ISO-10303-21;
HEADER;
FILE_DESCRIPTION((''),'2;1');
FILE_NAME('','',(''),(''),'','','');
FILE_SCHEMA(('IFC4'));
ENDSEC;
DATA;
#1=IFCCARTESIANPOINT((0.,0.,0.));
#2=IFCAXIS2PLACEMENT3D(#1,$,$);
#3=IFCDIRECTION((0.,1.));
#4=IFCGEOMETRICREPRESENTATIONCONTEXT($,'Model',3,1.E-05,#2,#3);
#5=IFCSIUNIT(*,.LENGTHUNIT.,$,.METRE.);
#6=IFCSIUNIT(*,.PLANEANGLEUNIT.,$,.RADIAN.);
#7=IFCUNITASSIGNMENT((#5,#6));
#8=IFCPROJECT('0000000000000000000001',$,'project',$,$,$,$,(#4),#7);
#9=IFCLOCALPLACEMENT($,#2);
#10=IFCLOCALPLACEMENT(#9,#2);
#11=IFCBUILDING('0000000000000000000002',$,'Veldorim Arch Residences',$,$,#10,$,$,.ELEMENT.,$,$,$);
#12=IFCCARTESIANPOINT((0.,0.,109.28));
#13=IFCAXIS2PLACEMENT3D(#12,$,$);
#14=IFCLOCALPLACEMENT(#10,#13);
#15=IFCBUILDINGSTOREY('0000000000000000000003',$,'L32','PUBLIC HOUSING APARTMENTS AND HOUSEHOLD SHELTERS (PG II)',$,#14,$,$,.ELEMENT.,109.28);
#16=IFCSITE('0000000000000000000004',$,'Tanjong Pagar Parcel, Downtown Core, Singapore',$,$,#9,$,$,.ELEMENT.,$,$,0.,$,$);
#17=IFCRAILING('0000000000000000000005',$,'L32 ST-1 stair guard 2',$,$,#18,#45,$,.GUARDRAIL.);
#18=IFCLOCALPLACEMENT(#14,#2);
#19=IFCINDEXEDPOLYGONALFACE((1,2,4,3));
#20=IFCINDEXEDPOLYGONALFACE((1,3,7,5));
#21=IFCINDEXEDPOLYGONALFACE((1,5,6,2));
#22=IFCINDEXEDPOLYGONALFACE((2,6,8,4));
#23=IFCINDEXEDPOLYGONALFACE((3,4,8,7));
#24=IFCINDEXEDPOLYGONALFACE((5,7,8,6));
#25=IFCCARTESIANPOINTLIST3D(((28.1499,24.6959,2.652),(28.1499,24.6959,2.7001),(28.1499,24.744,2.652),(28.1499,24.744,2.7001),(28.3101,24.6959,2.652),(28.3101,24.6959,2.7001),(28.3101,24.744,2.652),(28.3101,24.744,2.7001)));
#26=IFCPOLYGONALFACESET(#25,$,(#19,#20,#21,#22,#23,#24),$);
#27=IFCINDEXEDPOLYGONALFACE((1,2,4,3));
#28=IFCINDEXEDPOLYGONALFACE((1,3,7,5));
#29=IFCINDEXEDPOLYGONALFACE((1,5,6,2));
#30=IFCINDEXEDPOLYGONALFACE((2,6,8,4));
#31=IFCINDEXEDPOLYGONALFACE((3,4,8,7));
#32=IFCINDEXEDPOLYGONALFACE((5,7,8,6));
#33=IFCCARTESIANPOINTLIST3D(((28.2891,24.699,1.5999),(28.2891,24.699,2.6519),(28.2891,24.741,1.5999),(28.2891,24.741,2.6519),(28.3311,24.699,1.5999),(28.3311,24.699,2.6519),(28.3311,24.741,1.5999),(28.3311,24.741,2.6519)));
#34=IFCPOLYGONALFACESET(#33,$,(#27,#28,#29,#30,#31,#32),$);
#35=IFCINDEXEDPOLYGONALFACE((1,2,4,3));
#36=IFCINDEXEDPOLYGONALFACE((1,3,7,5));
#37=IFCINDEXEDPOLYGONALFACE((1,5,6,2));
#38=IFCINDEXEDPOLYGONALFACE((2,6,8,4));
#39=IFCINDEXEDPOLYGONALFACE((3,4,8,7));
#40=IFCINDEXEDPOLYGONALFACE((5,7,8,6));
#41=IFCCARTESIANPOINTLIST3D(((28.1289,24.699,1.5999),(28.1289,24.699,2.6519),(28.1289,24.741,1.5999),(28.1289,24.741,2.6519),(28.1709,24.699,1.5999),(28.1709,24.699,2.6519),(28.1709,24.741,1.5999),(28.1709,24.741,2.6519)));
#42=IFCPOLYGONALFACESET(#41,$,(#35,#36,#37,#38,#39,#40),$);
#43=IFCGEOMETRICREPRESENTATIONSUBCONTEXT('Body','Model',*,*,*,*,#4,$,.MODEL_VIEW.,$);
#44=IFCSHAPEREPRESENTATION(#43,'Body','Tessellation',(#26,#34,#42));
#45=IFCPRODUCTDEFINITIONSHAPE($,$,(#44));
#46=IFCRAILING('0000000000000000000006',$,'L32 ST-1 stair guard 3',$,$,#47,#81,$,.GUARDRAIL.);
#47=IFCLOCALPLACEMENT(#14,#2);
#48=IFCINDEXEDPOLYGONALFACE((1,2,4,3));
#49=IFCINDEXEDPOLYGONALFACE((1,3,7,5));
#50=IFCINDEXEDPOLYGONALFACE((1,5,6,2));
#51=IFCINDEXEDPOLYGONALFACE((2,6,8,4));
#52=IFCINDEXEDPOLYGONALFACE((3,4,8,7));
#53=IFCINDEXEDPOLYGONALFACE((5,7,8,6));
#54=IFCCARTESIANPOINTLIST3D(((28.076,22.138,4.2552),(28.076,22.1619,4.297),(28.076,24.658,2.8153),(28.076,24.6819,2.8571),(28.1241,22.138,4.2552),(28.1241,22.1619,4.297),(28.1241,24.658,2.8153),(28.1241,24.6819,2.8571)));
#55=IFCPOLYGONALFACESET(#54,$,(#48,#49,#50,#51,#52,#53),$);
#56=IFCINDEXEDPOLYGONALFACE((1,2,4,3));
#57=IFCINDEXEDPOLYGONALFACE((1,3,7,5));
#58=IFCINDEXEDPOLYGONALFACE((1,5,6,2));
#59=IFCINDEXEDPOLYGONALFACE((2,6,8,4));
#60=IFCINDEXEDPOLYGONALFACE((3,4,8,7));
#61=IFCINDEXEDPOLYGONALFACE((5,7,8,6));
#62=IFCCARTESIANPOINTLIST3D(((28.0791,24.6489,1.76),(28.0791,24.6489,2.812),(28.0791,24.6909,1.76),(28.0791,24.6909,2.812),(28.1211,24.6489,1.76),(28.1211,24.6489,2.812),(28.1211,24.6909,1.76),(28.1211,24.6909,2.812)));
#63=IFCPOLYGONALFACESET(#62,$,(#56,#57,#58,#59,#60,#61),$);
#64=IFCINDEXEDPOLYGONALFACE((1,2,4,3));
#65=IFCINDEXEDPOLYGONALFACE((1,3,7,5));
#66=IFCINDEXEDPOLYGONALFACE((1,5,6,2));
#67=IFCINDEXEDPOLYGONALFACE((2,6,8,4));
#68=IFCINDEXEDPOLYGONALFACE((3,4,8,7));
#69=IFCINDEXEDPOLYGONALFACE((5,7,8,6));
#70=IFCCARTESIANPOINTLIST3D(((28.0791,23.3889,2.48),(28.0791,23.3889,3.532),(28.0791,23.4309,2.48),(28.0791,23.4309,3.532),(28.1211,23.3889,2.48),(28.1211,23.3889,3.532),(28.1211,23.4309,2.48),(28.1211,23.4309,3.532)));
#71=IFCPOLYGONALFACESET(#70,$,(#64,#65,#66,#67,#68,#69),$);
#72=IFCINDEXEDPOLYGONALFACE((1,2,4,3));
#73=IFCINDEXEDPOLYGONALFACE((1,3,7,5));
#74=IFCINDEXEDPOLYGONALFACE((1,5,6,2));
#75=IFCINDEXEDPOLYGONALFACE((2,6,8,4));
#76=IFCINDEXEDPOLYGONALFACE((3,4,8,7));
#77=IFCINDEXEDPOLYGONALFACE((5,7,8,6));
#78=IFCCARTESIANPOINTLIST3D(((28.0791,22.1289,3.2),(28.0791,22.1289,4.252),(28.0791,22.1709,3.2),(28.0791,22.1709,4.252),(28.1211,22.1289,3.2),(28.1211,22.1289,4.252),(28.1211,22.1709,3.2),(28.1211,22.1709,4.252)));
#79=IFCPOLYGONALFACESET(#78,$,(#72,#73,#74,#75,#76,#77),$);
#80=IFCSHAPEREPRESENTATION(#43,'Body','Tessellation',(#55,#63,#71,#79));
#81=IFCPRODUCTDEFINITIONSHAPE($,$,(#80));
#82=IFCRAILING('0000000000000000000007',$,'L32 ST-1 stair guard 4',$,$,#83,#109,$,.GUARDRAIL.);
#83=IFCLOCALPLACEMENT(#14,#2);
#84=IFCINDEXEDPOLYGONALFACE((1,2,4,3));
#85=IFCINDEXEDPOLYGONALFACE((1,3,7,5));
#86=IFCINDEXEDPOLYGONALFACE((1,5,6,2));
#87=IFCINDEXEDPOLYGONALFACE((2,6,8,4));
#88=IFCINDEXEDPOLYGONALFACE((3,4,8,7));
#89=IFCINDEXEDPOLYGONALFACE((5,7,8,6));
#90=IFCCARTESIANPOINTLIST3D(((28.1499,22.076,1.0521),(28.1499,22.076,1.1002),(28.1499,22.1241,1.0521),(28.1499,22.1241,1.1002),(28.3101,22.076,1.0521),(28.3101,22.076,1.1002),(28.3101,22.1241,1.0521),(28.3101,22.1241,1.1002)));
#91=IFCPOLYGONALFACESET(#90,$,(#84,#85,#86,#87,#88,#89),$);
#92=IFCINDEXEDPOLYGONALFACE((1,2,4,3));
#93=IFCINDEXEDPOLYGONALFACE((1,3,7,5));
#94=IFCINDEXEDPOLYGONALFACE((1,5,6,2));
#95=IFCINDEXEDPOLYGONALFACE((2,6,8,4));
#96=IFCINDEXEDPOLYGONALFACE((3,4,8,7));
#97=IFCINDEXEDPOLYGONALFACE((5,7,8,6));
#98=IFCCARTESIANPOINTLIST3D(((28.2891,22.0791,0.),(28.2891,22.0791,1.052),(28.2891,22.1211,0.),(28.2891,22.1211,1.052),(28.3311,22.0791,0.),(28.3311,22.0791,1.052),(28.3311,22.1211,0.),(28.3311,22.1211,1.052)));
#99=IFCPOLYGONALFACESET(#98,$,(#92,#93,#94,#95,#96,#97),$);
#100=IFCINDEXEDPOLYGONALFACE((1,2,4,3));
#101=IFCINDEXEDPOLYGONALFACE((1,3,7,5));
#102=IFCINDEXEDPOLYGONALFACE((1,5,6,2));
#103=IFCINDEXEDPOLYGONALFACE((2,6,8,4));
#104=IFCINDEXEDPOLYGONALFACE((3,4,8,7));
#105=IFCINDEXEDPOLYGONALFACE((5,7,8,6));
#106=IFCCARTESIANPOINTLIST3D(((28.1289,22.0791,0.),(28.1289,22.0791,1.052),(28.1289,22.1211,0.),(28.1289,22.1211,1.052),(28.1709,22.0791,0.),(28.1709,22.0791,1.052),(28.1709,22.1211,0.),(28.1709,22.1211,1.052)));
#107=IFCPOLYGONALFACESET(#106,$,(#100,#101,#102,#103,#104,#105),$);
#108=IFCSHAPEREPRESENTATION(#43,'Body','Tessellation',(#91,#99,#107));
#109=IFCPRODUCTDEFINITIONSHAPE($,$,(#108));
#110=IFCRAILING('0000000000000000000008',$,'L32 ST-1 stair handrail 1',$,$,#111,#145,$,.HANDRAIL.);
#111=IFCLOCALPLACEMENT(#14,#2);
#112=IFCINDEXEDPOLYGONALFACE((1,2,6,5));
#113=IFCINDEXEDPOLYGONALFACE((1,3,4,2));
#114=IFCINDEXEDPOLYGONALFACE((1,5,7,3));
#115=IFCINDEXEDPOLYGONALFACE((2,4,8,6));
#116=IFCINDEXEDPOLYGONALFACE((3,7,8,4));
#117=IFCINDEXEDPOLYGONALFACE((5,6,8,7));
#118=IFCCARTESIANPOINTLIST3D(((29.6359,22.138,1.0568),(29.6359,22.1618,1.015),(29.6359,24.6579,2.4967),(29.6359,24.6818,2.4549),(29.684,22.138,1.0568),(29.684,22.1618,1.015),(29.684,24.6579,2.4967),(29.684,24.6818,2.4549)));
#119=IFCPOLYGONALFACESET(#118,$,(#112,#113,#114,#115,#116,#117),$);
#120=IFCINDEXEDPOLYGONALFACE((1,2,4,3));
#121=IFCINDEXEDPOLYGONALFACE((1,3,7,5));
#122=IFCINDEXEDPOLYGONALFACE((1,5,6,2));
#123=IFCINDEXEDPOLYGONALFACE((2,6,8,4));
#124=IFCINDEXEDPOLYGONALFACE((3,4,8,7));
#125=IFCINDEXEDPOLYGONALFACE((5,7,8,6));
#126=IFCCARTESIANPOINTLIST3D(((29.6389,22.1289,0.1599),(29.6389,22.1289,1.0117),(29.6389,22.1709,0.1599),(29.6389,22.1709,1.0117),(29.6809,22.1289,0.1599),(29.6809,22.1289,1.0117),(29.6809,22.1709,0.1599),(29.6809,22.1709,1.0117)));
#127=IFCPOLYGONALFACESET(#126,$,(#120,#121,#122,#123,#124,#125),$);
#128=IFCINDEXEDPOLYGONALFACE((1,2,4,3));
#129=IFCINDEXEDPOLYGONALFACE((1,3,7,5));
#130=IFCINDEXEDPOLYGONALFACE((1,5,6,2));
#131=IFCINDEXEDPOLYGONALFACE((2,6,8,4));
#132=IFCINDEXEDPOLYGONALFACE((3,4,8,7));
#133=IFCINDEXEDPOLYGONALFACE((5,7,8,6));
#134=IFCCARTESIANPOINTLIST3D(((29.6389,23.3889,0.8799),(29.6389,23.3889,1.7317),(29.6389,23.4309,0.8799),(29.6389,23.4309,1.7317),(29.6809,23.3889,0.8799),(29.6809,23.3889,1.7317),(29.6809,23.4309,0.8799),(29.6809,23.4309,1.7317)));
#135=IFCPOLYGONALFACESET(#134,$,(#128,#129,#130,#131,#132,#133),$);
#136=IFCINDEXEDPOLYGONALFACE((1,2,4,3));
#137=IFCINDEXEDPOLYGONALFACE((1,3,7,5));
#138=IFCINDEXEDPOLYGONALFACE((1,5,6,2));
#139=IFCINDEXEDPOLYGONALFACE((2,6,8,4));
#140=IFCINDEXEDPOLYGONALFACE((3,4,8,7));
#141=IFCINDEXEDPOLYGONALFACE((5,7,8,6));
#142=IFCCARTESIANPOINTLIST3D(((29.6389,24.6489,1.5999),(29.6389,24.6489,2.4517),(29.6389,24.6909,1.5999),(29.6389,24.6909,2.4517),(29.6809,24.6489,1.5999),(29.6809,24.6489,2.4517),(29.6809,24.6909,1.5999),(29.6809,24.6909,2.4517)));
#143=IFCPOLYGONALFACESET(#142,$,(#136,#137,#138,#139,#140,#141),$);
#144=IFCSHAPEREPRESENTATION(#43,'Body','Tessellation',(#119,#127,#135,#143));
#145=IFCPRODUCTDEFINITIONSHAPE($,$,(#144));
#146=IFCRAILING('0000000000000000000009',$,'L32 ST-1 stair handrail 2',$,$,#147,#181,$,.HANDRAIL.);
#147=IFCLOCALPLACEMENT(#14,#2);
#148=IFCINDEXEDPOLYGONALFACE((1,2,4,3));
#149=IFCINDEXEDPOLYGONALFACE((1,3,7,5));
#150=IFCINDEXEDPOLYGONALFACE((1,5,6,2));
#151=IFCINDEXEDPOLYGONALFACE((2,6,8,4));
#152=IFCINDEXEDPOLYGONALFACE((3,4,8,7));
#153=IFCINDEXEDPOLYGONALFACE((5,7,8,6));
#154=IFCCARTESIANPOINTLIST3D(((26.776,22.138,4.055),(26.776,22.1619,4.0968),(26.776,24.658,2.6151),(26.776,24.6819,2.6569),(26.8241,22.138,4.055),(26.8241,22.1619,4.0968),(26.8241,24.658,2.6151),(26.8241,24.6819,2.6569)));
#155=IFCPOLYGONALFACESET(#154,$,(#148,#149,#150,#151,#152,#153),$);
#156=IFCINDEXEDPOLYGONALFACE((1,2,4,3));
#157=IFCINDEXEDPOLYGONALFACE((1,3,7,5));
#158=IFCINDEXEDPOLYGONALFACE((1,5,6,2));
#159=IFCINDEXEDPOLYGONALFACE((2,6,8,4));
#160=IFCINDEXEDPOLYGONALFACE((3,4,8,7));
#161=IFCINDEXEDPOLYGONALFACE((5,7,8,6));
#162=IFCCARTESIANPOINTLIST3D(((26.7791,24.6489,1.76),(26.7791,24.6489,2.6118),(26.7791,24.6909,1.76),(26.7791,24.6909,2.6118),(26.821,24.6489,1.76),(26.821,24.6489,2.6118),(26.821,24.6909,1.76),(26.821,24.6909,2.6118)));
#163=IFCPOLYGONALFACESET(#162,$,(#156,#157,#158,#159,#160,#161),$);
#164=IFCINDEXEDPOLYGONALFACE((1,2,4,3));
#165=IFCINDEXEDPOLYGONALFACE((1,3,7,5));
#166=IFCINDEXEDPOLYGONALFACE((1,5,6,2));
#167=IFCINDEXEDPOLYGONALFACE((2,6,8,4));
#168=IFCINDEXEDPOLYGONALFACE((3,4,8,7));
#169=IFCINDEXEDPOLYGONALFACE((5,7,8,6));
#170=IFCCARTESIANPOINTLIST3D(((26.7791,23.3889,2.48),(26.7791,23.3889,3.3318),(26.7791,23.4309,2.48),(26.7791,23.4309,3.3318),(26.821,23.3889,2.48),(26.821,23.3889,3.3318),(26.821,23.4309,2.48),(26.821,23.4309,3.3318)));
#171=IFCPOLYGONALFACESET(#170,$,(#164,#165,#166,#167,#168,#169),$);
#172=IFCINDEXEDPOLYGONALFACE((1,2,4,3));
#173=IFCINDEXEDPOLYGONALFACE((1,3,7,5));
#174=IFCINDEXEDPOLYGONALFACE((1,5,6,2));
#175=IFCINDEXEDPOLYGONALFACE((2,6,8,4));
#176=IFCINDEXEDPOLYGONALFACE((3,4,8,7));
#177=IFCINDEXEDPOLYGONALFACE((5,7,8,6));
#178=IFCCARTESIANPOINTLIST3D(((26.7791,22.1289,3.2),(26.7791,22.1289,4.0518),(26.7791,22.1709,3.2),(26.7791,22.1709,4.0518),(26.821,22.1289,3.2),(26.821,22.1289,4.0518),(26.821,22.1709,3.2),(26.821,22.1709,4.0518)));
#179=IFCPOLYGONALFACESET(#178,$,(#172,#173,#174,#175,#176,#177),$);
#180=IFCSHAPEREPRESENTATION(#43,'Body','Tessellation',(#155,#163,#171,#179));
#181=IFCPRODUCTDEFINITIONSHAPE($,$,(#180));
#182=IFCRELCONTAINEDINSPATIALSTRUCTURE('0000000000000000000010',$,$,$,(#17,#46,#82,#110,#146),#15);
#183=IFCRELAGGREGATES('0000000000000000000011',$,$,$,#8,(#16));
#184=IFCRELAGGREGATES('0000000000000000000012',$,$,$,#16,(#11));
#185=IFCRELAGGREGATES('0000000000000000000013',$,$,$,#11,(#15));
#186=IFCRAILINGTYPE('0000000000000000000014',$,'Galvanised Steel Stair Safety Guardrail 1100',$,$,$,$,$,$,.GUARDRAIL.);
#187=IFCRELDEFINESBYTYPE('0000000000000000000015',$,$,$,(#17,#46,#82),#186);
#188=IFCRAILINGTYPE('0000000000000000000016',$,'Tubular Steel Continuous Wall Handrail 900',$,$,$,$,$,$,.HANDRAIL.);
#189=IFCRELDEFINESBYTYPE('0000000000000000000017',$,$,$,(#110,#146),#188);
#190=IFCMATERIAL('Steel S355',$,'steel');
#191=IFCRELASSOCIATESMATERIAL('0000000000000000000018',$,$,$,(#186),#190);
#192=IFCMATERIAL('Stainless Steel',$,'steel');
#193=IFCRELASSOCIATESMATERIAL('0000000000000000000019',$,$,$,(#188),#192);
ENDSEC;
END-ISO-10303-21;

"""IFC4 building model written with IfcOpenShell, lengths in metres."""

from ifc_helpers import new_model, si_unit, direction, frame, origin, origin_2d, place, context, subcontext, project, spatial, rectangle, extrude, material, type_object, element, save


model = new_model("IFC4")

# Units and contexts
model_context = context("Model", 3, precision=1e-05, world=origin(), true_north=direction((0.0, 1.0)))
body_context = subcontext(model_context, "Body", "Model", "MODEL_VIEW")
ifc_project = project(units=[si_unit("LENGTHUNIT", "METRE"), si_unit("PLANEANGLEUNIT", "RADIAN")], contexts=[model_context])

# Site, building, storey
site_placement = place(None, origin())
site = spatial("IfcSite", under=ifc_project, at=site_placement, Name="Tanjong Pagar Parcel, Downtown Core, Singapore", CompositionType="ELEMENT", RefElevation=0.0)
building_placement = place(site_placement, origin())
building = spatial("IfcBuilding", under=site, at=building_placement, Name="Veldorim Arch Residences", CompositionType="ELEMENT")
storey_placement = place(building_placement, frame((0.0, 0.0, 109.28)))
storey = spatial("IfcBuildingStorey", under=building, at=storey_placement, Name="L32", Description="PUBLIC HOUSING APARTMENTS AND HOUSEHOLD SHELTERS (PG II)", CompositionType="ELEMENT", Elevation=109.28)

# Railings
ifc_material_1 = material(Name="Steel S355", Category="steel")
railing_type_1 = type_object("IfcRailingType", Name="Galvanised Steel Stair Safety Guardrail 1100", PredefinedType="GUARDRAIL", material=ifc_material_1)
railing_1_placement = place(storey_placement, frame((28.3101, 24.72, 1.5999)))
element("IfcRailing", 1, at=railing_1_placement, inside=storey, type_object=railing_type_1, Name="L32 ST-1 stair guard 2", PredefinedType="GUARDRAIL", context=body_context, shape_type="SweptSolid", body=[
    extrude(rectangle(XDim=0.0481, YDim=0.0481, at=origin_2d()), frame((0.0, 0.0, 1.0762), z_axis=(-1.0, 0.0, 0.0), x_axis=(0.0, -1.0, 0.0)), (0.0, 0.0, 1.0), 0.1602),
    extrude(rectangle(XDim=0.042, YDim=0.042, at=origin_2d()), origin(), (0.0, 0.0, 1.0), 1.052),
    extrude(rectangle(XDim=0.042, YDim=0.042, at=origin_2d()), frame((-0.1602, 0.0, 0.0)), (0.0, 0.0, 1.0), 1.052),
])
railing_2_placement = place(storey_placement, frame((28.1001, 24.6699, 1.76)))
element("IfcRailing", 2, at=railing_2_placement, inside=storey, type_object=railing_type_1, Name="L32 ST-1 stair guard 3", PredefinedType="GUARDRAIL", context=body_context, shape_type="SweptSolid", body=[
    extrude(rectangle(XDim=0.0481, YDim=0.0481, at=origin_2d()), frame((0.0, 0.0, 1.0762), z_axis=(0.0, -0.868253, 0.496121), x_axis=(1.0, 0.0, 0.0)), (0.0, 0.0, 1.0), 2.9023),
    extrude(rectangle(XDim=0.042, YDim=0.042, at=origin_2d()), origin(), (0.0, 0.0, 1.0), 1.052),
    extrude(rectangle(XDim=0.042, YDim=0.042, at=origin_2d()), frame((0.0, -1.26, 0.72)), (0.0, 0.0, 1.0), 1.052),
    extrude(rectangle(XDim=0.042, YDim=0.042, at=origin_2d()), frame((0.0, -2.52, 1.4399)), (0.0, 0.0, 1.0), 1.052),
])
railing_3_placement = place(storey_placement, frame((28.3101, 22.1001, 0.0)))
element("IfcRailing", 3, at=railing_3_placement, inside=storey, type_object=railing_type_1, Name="L32 ST-1 stair guard 4", PredefinedType="GUARDRAIL", context=body_context, shape_type="SweptSolid", body=[
    extrude(rectangle(XDim=0.0481, YDim=0.0481, at=origin_2d()), frame((0.0, 0.0, 1.0762), z_axis=(-1.0, 0.0, 0.0), x_axis=(0.0, -1.0, 0.0)), (0.0, 0.0, 1.0), 0.1602),
    extrude(rectangle(XDim=0.042, YDim=0.042, at=origin_2d()), origin(), (0.0, 0.0, 1.0), 1.052),
    extrude(rectangle(XDim=0.042, YDim=0.042, at=origin_2d()), frame((-0.1602, 0.0, 0.0)), (0.0, 0.0, 1.0), 1.052),
])
ifc_material_2 = material(Name="Stainless Steel", Category="steel")
railing_type_2 = type_object("IfcRailingType", Name="Tubular Steel Continuous Wall Handrail 900", PredefinedType="HANDRAIL", material=ifc_material_2)
railing_4_placement = place(storey_placement, frame((29.6599, 22.1499, 0.1599)))
element("IfcRailing", 4, at=railing_4_placement, inside=storey, type_object=railing_type_2, Name="L32 ST-1 stair handrail 1", PredefinedType="HANDRAIL", context=body_context, shape_type="SweptSolid", body=[
    extrude(rectangle(XDim=0.0481, YDim=0.0481, at=origin_2d()), frame((0.0, 0.0, 0.876), z_axis=(0.0, 0.868253, 0.496121), x_axis=(-1.0, 0.0, 0.0)), (0.0, 0.0, 1.0), 2.9023),
    extrude(rectangle(XDim=0.042, YDim=0.042, at=origin_2d()), origin(), (0.0, 0.0, 1.0), 0.8518),
    extrude(rectangle(XDim=0.042, YDim=0.042, at=origin_2d()), frame((0.0, 1.26, 0.72)), (0.0, 0.0, 1.0), 0.8518),
    extrude(rectangle(XDim=0.042, YDim=0.042, at=origin_2d()), frame((0.0, 2.52, 1.4399)), (0.0, 0.0, 1.0), 0.8518),
])
railing_5_placement = place(storey_placement, frame((26.8, 24.6699, 1.76)))
element("IfcRailing", 5, at=railing_5_placement, inside=storey, type_object=railing_type_2, Name="L32 ST-1 stair handrail 2", PredefinedType="HANDRAIL", context=body_context, shape_type="SweptSolid", body=[
    extrude(rectangle(XDim=0.0481, YDim=0.0481, at=origin_2d()), frame((0.0, 0.0, 0.876), z_axis=(0.0, -0.868253, 0.496121), x_axis=(1.0, 0.0, 0.0)), (0.0, 0.0, 1.0), 2.9023),
    extrude(rectangle(XDim=0.042, YDim=0.042, at=origin_2d()), origin(), (0.0, 0.0, 1.0), 0.8518),
    extrude(rectangle(XDim=0.042, YDim=0.042, at=origin_2d()), frame((0.0, -1.26, 0.72)), (0.0, 0.0, 1.0), 0.8518),
    extrude(rectangle(XDim=0.042, YDim=0.042, at=origin_2d()), frame((0.0, -2.52, 1.4399)), (0.0, 0.0, 1.0), 0.8518),
])

save(model, "model.ifc")
